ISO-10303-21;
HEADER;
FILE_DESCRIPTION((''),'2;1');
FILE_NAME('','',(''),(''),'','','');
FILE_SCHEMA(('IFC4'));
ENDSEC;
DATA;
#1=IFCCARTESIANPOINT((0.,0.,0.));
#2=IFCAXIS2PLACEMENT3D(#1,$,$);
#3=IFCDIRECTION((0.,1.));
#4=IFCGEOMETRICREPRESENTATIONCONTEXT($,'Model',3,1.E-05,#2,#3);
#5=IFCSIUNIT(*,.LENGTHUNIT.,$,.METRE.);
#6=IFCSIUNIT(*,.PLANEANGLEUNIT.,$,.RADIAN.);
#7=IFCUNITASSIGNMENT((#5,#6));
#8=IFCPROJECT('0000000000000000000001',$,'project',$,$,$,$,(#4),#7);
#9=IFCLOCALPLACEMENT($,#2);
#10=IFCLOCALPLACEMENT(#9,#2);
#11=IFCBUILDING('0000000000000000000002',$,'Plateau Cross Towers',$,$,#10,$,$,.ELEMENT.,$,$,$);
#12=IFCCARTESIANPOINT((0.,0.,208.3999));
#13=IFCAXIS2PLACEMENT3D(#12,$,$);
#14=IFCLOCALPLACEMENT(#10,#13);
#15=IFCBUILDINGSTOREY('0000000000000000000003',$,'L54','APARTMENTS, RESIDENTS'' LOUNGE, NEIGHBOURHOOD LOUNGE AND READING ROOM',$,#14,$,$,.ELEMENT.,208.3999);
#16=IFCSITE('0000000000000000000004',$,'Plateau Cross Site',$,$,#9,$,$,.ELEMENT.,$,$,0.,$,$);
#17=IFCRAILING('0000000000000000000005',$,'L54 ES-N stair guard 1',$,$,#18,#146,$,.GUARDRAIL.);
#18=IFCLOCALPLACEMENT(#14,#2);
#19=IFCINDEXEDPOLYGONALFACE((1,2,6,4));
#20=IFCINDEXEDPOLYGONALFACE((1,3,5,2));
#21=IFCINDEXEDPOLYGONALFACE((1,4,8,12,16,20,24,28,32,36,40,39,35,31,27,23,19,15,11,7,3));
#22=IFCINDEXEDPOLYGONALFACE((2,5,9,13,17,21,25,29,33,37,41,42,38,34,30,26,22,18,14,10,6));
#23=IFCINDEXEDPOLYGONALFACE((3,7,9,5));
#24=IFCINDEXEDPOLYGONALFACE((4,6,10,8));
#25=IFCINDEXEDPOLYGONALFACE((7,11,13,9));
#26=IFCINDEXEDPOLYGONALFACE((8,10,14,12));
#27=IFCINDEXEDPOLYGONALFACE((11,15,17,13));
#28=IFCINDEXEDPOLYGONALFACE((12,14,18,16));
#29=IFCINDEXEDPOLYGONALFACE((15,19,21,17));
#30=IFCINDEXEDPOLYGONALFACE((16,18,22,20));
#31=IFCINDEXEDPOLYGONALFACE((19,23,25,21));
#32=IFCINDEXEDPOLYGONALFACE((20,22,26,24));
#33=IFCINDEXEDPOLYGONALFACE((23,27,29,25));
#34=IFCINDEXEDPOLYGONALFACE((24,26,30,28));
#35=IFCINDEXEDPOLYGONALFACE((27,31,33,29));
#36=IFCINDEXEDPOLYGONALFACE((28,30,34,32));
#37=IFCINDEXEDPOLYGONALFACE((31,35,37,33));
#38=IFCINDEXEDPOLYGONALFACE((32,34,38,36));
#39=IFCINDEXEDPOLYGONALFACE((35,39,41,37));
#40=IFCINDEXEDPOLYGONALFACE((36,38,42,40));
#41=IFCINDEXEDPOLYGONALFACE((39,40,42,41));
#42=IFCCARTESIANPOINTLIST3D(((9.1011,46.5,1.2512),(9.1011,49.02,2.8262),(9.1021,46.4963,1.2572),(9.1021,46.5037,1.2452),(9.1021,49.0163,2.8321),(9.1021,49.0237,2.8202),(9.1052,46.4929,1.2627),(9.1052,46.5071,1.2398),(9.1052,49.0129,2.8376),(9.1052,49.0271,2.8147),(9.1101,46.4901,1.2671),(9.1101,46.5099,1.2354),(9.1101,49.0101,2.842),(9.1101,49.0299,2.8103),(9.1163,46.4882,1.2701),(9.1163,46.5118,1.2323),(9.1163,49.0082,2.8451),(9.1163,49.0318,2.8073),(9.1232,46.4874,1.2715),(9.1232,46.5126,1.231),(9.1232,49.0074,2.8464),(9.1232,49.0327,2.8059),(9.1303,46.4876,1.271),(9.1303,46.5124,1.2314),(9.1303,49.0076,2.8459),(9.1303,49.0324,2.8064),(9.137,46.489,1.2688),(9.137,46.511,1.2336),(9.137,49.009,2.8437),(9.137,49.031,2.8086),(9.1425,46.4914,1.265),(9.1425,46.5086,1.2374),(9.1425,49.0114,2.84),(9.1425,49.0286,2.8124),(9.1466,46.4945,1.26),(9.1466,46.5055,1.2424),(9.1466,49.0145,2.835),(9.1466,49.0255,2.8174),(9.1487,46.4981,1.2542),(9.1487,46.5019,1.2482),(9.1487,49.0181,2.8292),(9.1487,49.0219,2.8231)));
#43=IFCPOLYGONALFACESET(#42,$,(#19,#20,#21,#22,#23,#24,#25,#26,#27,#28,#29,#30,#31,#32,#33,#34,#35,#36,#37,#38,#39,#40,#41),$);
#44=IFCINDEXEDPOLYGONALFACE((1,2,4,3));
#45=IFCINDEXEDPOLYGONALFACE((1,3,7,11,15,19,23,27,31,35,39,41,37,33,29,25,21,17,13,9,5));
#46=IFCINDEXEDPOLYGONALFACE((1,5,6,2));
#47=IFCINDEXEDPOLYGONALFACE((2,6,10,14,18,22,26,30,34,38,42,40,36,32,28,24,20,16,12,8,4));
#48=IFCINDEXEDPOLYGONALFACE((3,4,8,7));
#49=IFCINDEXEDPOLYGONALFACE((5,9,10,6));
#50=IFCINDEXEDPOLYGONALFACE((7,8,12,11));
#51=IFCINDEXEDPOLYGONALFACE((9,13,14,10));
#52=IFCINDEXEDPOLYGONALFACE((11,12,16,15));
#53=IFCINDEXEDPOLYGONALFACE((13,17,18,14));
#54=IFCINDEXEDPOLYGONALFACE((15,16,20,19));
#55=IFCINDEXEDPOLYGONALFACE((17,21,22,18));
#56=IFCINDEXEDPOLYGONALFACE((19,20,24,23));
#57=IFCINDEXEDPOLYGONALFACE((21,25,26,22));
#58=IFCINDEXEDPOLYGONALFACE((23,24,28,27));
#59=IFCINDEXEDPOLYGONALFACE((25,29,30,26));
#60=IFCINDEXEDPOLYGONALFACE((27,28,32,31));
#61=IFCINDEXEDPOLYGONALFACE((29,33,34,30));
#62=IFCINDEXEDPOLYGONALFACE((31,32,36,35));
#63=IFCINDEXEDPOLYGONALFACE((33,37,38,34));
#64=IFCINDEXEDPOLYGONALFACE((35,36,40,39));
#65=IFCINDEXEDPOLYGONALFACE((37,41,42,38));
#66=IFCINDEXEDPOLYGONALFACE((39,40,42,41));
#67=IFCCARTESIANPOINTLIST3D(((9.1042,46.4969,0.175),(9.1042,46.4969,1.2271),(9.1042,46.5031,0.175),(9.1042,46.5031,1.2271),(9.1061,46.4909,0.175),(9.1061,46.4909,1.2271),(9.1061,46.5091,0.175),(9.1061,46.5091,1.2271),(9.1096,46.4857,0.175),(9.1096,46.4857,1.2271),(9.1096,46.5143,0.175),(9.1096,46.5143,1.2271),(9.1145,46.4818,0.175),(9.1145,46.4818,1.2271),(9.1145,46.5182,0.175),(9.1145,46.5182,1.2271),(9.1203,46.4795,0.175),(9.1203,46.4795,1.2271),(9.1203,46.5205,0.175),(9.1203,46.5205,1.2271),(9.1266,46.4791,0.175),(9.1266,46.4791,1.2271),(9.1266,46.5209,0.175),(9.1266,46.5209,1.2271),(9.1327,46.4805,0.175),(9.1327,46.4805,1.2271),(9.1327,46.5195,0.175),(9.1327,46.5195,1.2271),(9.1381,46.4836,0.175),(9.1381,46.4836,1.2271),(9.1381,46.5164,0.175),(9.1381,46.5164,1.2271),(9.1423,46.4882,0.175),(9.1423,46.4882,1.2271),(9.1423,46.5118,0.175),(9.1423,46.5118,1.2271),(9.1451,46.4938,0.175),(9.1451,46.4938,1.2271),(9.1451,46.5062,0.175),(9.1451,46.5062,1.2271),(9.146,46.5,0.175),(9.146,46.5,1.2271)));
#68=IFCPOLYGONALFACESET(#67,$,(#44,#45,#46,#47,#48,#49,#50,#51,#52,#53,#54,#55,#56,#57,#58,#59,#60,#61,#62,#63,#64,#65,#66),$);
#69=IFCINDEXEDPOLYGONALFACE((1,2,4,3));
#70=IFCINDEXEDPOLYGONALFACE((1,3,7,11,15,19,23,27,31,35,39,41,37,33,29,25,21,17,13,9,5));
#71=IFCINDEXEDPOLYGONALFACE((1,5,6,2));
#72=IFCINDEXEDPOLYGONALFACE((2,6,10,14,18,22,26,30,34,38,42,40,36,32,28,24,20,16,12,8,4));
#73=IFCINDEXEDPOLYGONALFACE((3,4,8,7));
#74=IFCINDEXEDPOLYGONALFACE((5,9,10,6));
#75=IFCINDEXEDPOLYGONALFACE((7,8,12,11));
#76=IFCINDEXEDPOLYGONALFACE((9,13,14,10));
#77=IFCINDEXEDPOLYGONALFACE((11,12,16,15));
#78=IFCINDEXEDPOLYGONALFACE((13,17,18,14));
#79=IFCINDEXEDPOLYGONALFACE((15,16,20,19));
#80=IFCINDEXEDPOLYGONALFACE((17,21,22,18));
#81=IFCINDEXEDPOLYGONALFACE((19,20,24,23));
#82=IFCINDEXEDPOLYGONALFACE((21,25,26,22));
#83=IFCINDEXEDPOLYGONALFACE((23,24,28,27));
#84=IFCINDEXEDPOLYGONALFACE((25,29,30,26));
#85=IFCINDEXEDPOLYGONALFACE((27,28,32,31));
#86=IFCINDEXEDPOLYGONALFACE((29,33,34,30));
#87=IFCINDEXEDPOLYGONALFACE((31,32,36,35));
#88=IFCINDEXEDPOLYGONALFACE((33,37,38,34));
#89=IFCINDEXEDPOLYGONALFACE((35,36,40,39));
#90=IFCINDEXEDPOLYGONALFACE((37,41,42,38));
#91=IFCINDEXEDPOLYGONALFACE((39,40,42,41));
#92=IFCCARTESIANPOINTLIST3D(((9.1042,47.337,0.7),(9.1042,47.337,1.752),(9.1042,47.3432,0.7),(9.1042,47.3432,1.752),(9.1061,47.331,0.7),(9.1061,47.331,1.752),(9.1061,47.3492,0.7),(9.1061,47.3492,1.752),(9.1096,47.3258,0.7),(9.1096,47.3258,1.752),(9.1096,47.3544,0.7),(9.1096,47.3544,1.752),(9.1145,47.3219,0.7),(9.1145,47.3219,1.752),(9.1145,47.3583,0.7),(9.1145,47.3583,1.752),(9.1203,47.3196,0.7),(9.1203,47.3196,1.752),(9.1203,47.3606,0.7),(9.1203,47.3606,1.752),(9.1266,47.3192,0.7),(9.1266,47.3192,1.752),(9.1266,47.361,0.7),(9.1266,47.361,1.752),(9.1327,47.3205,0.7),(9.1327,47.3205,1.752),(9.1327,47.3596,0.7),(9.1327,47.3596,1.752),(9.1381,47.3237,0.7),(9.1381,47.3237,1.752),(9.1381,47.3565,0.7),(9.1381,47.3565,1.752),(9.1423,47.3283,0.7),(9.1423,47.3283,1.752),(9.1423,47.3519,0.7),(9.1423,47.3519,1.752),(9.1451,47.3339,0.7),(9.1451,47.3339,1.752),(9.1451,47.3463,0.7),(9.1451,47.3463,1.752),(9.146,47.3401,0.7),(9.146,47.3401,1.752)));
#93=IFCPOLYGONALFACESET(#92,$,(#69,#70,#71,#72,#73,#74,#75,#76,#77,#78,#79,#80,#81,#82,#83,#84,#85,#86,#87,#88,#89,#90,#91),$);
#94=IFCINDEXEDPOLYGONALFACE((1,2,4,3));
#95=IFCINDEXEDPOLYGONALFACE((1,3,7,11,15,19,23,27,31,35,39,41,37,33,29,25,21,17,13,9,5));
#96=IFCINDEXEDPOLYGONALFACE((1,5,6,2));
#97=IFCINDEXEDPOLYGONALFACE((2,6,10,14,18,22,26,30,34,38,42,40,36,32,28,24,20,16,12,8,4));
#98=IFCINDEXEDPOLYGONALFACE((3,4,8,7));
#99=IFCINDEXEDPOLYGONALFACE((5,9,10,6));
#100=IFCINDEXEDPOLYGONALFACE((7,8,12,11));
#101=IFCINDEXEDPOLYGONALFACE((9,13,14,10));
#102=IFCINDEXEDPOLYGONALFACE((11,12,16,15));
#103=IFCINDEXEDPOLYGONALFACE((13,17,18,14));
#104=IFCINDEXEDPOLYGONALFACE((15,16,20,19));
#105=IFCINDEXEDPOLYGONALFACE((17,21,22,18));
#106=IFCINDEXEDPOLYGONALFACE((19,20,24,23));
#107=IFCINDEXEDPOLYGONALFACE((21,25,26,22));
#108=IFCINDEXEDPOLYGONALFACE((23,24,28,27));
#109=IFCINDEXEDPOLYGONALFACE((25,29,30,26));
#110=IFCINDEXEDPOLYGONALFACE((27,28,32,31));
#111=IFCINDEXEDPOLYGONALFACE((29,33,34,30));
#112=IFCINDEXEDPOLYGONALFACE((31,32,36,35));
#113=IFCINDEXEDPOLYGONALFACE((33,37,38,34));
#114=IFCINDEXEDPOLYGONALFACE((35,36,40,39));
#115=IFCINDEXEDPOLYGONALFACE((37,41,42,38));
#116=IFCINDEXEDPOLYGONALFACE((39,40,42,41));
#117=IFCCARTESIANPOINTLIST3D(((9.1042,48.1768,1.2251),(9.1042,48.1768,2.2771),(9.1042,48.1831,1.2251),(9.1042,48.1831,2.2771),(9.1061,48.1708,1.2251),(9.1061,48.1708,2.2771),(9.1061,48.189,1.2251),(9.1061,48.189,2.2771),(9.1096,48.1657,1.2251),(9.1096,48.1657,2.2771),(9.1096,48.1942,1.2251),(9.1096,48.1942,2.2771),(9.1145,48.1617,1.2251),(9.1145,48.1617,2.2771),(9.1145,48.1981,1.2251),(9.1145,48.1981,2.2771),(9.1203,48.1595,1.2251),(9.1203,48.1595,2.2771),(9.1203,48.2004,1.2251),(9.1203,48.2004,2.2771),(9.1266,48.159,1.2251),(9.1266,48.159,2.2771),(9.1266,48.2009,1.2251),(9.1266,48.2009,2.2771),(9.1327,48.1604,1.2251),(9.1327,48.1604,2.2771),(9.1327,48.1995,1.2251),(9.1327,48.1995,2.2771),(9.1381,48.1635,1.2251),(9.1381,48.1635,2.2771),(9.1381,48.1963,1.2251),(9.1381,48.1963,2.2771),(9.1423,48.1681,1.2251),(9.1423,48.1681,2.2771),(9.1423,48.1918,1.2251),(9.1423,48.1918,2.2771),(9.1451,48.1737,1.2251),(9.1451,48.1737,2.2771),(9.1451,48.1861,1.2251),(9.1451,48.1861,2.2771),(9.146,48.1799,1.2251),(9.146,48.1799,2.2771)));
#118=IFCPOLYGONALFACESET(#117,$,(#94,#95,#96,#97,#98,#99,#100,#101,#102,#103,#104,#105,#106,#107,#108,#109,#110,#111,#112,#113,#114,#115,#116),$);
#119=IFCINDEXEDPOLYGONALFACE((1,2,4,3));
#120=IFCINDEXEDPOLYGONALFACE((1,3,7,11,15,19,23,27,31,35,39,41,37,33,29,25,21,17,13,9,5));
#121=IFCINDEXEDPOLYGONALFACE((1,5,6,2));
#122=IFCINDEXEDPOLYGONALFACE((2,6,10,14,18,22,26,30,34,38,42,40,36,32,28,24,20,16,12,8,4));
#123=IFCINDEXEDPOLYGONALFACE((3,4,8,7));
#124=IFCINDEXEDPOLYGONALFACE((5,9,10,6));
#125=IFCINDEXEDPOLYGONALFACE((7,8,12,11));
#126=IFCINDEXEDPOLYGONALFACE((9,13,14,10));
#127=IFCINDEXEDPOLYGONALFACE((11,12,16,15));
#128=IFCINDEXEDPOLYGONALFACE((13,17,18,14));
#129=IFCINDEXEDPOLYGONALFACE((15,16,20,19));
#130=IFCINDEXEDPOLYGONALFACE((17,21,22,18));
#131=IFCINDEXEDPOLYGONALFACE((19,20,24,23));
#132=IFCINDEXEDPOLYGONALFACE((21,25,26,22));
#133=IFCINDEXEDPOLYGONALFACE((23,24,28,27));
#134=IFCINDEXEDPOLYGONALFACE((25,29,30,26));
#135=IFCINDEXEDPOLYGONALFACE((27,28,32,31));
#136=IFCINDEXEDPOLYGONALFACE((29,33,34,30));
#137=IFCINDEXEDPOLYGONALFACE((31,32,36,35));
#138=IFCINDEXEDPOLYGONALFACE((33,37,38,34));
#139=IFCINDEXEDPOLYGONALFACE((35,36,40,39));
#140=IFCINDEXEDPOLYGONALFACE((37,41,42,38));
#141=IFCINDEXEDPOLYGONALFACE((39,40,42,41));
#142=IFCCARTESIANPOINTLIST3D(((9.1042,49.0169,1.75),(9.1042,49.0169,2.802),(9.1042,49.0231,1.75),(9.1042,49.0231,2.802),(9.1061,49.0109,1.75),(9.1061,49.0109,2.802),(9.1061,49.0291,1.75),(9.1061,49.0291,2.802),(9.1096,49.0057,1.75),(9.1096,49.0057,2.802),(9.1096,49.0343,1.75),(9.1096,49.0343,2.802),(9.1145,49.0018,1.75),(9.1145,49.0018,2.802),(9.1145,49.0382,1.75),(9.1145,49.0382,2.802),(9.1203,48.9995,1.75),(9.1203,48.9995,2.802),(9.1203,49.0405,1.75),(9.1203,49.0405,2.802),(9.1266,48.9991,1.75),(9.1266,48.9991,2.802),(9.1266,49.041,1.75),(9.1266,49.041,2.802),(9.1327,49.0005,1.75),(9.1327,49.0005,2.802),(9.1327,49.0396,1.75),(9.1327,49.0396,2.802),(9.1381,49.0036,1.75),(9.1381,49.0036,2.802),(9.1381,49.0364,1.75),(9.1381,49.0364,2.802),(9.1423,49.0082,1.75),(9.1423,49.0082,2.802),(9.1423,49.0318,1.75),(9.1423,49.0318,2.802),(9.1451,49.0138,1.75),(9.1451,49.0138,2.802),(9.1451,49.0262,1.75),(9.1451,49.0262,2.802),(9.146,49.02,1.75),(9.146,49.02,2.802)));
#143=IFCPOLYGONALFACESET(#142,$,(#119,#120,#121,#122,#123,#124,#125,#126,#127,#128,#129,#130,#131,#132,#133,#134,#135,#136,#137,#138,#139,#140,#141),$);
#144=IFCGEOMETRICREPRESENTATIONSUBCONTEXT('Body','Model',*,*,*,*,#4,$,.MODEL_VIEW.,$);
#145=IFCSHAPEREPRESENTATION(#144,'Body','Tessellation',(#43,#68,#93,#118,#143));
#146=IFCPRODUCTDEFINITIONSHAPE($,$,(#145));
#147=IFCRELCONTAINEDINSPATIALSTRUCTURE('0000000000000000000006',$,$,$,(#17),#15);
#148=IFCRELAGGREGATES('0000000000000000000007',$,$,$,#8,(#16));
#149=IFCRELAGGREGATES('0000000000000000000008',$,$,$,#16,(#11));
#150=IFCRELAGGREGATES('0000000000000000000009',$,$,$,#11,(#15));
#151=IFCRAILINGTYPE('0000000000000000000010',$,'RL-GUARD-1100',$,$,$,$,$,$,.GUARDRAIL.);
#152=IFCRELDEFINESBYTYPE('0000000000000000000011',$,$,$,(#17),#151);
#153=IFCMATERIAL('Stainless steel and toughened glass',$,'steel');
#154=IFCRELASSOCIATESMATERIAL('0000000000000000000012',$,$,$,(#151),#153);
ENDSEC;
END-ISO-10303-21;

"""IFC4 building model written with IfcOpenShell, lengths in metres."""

from ifc_helpers import new_model, si_unit, direction, frame, origin, origin_2d, place, context, subcontext, project, spatial, circle, extrude, material, type_object, element, save


model = new_model("IFC4")

# Units and contexts
model_context = context("Model", 3, precision=1e-05, world=origin(), true_north=direction((0.0, 1.0)))
body_context = subcontext(model_context, "Body", "Model", "MODEL_VIEW")
ifc_project = project(units=[si_unit("LENGTHUNIT", "METRE"), si_unit("PLANEANGLEUNIT", "RADIAN")], contexts=[model_context])

# Site, building, storey
site_placement = place(None, origin())
site = spatial("IfcSite", under=ifc_project, at=site_placement, Name="Plateau Cross Site", CompositionType="ELEMENT", RefElevation=0.0)
building_placement = place(site_placement, origin())
building = spatial("IfcBuilding", under=site, at=building_placement, Name="Plateau Cross Towers", CompositionType="ELEMENT")
storey_placement = place(building_placement, frame((0.0, 0.0, 208.3999)))
storey = spatial("IfcBuildingStorey", under=building, at=storey_placement, Name="L54", Description="APARTMENTS, RESIDENTS' LOUNGE, NEIGHBOURHOOD LOUNGE AND READING ROOM", CompositionType="ELEMENT", Elevation=208.3999)

# Railing
ifc_material_1 = material(Name="Stainless steel and toughened glass", Category="steel")
railing_type_1 = type_object("IfcRailingType", Name="RL-GUARD-1100", PredefinedType="GUARDRAIL", material=ifc_material_1)
railing_1_placement = place(storey_placement, frame((9.125, 46.5, 0.175)))
element("IfcRailing", 1, at=railing_1_placement, inside=storey, type_object=railing_type_1, Name="L54 ES-N stair guard 1", PredefinedType="GUARDRAIL", context=body_context, shape_type="SweptSolid", body=[
    extrude(circle(Radius=0.0239, at=origin_2d()), frame((0.0, 0.0, 1.0762), z_axis=(0.0, 0.848008, 0.529984), x_axis=(-1.0, 0.0, 0.0)), (0.0, 0.0, 1.0), 2.9717),
    extrude(circle(Radius=0.021, at=origin_2d()), origin(), (0.0, 0.0, 1.0), 1.052),
    extrude(circle(Radius=0.021, at=origin_2d()), frame((0.0, 0.8401, 0.5249)), (0.0, 0.0, 1.0), 1.052),
    extrude(circle(Radius=0.021, at=origin_2d()), frame((0.0, 1.6799, 1.05)), (0.0, 0.0, 1.0), 1.052),
    extrude(circle(Radius=0.021, at=origin_2d()), frame((0.0, 2.52, 1.575)), (0.0, 0.0, 1.0), 1.052),
])

save(model, "model.ifc")
